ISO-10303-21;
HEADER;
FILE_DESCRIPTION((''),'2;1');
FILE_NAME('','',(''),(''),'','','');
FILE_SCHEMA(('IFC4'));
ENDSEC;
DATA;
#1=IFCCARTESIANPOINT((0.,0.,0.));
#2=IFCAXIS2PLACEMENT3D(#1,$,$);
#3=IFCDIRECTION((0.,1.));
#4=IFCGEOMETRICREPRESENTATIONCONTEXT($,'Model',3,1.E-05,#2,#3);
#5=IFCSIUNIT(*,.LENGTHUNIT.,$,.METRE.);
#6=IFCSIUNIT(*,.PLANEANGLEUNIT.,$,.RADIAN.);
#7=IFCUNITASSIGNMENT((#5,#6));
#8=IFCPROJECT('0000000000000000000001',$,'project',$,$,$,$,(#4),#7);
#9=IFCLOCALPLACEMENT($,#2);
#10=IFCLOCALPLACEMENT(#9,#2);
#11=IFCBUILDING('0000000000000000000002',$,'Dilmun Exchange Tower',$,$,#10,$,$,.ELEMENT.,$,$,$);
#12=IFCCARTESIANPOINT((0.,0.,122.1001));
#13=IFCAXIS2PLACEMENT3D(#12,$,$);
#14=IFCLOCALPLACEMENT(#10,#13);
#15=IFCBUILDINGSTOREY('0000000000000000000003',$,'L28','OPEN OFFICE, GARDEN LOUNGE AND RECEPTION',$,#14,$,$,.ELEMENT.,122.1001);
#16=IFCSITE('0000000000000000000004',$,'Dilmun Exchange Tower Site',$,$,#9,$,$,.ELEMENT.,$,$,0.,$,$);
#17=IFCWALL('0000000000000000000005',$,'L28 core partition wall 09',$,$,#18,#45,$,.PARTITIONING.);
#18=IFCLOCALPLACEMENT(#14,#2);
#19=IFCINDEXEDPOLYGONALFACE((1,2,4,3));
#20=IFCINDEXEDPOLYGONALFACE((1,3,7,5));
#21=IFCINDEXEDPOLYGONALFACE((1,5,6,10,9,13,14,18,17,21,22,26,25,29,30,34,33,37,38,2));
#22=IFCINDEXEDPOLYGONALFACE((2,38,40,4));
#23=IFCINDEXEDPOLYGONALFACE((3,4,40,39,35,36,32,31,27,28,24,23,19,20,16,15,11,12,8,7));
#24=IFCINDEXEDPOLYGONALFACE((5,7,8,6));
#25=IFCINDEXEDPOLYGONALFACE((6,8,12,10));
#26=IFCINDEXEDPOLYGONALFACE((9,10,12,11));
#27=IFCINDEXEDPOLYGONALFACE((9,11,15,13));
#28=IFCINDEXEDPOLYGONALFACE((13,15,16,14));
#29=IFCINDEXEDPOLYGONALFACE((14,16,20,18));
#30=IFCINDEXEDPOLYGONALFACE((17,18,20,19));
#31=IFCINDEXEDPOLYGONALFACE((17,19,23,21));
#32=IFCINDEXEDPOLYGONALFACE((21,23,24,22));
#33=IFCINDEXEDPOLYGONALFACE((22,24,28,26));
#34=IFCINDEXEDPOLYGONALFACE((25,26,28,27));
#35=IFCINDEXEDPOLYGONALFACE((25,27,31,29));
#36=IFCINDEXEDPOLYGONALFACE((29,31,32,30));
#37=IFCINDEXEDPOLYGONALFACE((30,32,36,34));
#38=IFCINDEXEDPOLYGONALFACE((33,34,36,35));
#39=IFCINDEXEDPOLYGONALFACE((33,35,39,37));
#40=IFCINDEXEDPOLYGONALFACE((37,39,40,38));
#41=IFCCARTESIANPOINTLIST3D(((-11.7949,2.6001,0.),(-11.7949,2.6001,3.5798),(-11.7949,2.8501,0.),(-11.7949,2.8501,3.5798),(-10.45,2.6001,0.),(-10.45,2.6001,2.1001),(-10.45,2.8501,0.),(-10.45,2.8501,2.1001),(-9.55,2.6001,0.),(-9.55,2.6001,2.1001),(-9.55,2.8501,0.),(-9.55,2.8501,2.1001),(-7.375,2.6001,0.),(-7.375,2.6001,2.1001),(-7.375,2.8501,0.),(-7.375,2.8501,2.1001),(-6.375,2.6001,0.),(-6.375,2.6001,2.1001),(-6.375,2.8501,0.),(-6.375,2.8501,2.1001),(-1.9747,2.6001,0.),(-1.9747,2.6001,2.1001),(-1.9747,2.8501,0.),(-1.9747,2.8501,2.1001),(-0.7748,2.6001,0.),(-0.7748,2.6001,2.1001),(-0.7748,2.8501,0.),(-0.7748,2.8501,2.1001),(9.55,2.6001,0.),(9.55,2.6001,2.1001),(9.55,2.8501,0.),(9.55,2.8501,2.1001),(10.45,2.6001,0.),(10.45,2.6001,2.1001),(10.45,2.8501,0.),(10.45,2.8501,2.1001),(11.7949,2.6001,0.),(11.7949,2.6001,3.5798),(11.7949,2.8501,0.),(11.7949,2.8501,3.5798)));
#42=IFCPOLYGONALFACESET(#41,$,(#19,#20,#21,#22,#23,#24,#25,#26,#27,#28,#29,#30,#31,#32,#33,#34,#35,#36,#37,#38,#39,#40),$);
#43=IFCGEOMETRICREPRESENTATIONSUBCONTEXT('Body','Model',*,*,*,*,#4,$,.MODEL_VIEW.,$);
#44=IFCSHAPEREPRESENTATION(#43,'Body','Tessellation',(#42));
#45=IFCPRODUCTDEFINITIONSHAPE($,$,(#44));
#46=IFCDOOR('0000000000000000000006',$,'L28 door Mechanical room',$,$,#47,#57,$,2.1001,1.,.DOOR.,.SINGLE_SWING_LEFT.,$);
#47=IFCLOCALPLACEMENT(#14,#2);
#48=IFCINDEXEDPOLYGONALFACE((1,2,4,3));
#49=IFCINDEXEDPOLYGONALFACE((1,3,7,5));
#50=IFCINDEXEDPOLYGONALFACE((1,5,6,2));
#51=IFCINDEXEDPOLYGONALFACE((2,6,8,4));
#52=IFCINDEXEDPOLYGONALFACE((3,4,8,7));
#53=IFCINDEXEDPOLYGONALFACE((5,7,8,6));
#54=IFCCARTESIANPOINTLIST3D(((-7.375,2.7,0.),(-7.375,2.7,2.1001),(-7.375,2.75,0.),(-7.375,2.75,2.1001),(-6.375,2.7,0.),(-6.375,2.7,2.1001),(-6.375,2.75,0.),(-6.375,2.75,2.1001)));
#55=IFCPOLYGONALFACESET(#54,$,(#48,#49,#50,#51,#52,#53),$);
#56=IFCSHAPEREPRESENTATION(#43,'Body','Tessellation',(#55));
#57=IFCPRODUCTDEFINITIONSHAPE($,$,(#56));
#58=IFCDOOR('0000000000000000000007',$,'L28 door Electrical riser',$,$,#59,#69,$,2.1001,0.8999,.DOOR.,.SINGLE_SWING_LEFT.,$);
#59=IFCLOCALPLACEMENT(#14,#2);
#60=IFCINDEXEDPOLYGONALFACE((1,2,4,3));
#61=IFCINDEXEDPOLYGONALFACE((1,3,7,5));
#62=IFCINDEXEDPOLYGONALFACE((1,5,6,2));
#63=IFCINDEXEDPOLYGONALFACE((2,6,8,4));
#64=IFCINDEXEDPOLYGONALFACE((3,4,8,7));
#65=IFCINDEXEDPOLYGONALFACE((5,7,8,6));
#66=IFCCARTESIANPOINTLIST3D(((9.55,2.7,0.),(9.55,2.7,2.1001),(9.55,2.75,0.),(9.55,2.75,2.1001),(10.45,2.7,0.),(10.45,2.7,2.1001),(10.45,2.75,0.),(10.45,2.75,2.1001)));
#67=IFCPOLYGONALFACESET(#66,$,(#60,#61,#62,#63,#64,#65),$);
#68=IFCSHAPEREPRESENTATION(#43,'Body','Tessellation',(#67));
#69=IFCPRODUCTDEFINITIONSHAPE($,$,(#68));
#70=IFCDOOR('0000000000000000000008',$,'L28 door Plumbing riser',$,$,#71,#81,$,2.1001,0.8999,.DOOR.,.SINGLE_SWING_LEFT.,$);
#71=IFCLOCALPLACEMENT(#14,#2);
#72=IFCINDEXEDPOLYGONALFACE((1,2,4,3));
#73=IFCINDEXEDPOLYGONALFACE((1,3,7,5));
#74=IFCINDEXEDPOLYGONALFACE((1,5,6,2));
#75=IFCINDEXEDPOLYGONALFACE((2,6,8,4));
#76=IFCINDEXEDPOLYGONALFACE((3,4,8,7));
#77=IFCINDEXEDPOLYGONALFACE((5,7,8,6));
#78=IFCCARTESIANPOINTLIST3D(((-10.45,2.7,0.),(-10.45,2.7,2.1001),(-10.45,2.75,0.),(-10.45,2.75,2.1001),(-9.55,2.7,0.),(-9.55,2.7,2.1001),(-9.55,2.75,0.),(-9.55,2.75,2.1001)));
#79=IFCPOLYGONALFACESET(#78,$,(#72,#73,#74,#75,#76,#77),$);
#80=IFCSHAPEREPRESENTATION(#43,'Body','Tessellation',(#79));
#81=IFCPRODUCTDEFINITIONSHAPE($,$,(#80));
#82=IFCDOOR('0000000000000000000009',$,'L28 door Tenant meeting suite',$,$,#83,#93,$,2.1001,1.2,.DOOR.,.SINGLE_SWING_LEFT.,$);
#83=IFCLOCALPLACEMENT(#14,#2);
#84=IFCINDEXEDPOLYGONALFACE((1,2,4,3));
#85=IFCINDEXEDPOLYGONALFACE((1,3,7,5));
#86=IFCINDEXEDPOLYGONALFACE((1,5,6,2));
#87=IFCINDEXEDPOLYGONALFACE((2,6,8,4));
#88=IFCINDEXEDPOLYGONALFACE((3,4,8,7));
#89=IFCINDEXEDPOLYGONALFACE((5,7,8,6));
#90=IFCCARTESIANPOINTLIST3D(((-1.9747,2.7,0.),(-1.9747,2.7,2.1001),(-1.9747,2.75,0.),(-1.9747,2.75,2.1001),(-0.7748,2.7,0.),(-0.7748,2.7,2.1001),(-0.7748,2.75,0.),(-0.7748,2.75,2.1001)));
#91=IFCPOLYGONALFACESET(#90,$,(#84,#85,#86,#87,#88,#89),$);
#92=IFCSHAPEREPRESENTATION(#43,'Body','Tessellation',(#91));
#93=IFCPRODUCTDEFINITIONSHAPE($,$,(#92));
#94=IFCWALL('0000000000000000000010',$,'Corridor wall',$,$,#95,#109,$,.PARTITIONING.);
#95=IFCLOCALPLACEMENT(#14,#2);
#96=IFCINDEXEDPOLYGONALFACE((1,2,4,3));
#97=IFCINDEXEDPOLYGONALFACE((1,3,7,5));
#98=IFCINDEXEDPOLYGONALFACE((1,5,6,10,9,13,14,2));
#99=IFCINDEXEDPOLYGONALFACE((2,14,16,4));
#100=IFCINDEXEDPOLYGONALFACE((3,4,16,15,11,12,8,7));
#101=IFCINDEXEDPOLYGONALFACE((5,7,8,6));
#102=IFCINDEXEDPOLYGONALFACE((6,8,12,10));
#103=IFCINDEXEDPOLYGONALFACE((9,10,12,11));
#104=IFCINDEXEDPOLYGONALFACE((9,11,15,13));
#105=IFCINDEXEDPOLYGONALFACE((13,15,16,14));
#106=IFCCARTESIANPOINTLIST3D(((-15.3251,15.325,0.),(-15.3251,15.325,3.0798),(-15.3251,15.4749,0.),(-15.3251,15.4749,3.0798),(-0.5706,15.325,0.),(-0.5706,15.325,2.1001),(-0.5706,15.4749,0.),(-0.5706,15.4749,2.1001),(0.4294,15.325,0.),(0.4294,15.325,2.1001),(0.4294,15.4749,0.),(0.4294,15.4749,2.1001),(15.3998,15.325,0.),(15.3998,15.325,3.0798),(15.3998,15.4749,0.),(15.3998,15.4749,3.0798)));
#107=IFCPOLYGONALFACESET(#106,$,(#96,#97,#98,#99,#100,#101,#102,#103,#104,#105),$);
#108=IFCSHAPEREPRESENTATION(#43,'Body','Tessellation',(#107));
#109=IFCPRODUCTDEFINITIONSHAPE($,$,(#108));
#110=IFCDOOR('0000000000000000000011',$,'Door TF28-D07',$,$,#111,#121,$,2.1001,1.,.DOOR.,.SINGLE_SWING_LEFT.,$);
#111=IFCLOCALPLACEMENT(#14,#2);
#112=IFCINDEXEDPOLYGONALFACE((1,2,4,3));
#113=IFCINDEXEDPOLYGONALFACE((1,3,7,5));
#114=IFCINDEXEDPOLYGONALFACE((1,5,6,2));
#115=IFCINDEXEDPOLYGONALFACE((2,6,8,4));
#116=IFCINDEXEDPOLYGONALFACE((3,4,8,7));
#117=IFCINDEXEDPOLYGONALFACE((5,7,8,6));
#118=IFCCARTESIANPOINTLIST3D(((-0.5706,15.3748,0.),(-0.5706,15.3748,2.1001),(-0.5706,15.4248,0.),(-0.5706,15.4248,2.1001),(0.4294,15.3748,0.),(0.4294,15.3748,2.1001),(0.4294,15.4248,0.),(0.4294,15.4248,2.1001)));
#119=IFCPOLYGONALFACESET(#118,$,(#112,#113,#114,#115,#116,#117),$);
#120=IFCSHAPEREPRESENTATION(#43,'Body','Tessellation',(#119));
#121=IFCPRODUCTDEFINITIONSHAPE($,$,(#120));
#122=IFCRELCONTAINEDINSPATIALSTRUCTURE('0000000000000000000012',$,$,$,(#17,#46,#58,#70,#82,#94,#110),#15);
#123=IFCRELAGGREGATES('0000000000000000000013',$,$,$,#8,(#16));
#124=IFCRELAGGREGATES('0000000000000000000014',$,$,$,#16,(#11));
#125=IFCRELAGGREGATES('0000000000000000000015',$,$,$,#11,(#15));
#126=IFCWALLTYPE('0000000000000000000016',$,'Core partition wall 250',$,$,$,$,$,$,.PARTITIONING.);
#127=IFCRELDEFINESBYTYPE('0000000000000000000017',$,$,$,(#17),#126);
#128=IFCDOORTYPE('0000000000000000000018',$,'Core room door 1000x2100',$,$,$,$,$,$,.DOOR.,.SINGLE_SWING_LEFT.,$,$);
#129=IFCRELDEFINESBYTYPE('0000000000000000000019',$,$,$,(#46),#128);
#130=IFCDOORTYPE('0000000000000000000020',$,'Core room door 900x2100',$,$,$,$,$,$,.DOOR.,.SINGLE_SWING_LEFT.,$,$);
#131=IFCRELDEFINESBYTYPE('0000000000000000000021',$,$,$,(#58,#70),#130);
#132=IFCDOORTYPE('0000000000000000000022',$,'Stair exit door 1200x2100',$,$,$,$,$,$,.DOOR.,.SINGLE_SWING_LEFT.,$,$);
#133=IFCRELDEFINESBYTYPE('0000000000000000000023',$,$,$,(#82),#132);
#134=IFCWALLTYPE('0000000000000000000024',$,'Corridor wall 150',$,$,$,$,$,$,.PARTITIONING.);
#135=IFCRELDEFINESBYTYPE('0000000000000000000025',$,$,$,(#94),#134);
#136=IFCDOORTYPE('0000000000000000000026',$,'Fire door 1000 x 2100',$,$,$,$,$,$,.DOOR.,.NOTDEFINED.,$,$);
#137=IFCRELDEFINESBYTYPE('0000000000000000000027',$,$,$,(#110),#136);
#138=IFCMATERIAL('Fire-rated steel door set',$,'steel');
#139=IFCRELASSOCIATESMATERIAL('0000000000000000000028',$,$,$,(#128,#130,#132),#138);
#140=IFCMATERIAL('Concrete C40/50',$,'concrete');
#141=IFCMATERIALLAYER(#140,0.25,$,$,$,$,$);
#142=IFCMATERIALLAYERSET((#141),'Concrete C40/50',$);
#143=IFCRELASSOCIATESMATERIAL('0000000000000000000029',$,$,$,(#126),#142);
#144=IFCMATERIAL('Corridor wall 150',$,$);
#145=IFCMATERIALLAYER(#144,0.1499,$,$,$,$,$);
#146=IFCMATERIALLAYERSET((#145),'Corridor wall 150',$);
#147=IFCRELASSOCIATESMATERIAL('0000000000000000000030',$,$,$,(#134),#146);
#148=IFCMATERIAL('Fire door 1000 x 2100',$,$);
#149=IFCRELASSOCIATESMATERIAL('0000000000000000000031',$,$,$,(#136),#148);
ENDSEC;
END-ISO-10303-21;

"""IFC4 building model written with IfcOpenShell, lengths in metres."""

from ifc_helpers import new_model, si_unit, direction, frame, frame_2d, origin, place, context, subcontext, project, spatial, rectangle, extrude, material, layer, layer_set, type_object, element, fill, save


model = new_model("IFC4")

# Units and contexts
model_context = context("Model", 3, precision=1e-05, world=origin(), true_north=direction((0.0, 1.0)))
body_context = subcontext(model_context, "Body", "Model", "MODEL_VIEW")
ifc_project = project(units=[si_unit("LENGTHUNIT", "METRE"), si_unit("PLANEANGLEUNIT", "RADIAN")], contexts=[model_context])

# Site, building, storey
site_placement = place(None, origin())
site = spatial("IfcSite", under=ifc_project, at=site_placement, Name="Dilmun Exchange Tower Site", CompositionType="ELEMENT", RefElevation=0.0)
building_placement = place(site_placement, origin())
building = spatial("IfcBuilding", under=site, at=building_placement, Name="Dilmun Exchange Tower", CompositionType="ELEMENT")
storey_placement = place(building_placement, frame((0.0, 0.0, 122.1001)))
storey = spatial("IfcBuildingStorey", under=building, at=storey_placement, Name="L28", Description="OPEN OFFICE, GARDEN LOUNGE AND RECEPTION", CompositionType="ELEMENT", Elevation=122.1001)

# Shared definitions
ifc_material_1 = material(Name="Concrete C40/50", Category="concrete")

# Shared definitions
ifc_material_2 = material(Name="Fire-rated steel door set", Category="steel")
door_type_1 = type_object("IfcDoorType", Name="Core room door 1000x2100", OperationType="SINGLE_SWING_LEFT", PredefinedType="DOOR", material=ifc_material_2)

# Wall, openings, doors
ifc_layer_1 = layer(ifc_material_1, 0.25)
ifc_layer_set_1 = layer_set([ifc_layer_1], Name="Concrete C40/50")
wall_type_1 = type_object("IfcWallType", Name="Core partition wall 250", PredefinedType="PARTITIONING", material=ifc_layer_set_1)
wall_1_placement = place(storey_placement, frame((-11.7949, 2.7251, 0.0), z_axis=(0.0, 0.0, 1.0), x_axis=(1.0, 0.0, 0.0)))
wall_1 = element("IfcWall", 1, at=wall_1_placement, inside=storey, type_object=wall_type_1, Name="L28 core partition wall 09", PredefinedType="PARTITIONING", context=body_context, shape_type="SweptSolid", body=[
    extrude(rectangle(XDim=23.5898, YDim=0.25, at=frame_2d((11.7949, 0.0))), origin(), (0.0, 0.0, 1.0), 3.5798),
])
opening_1_placement = place(wall_1_placement, frame((21.345, 0.0, 0.0)))
opening_1 = element("IfcOpeningElement", 2, at=opening_1_placement, cuts=wall_1, PredefinedType="OPENING", context=body_context, shape_type="SweptSolid", body=[
    extrude(rectangle(XDim=0.8999, YDim=2.1001, at=frame_2d((0.45, 1.05))), frame((0.0, 0.135, 0.0), z_axis=(0.0, -1.0, 0.0), x_axis=(1.0, 0.0, 0.0)), (0.0, 0.0, 1.0), 0.27),
])
opening_2_placement = place(wall_1_placement, frame((1.345, 0.0, 0.0)))
opening_2 = element("IfcOpeningElement", 3, at=opening_2_placement, cuts=wall_1, PredefinedType="OPENING", context=body_context, shape_type="SweptSolid", body=[
    extrude(rectangle(XDim=0.8999, YDim=2.1001, at=frame_2d((0.45, 1.05))), frame((0.0, 0.135, 0.0), z_axis=(0.0, -1.0, 0.0), x_axis=(1.0, 0.0, 0.0)), (0.0, 0.0, 1.0), 0.27),
])
opening_3_placement = place(wall_1_placement, frame((4.4199, 0.0, 0.0)))
opening_3 = element("IfcOpeningElement", 4, at=opening_3_placement, cuts=wall_1, PredefinedType="OPENING", context=body_context, shape_type="SweptSolid", body=[
    extrude(rectangle(XDim=1.0, YDim=2.1001, at=frame_2d((0.5, 1.05))), frame((0.0, 0.135, 0.0), z_axis=(0.0, -1.0, 0.0), x_axis=(1.0, 0.0, 0.0)), (0.0, 0.0, 1.0), 0.27),
])
opening_4_placement = place(wall_1_placement, frame((9.8201, 0.0, 0.0)))
opening_4 = element("IfcOpeningElement", 5, at=opening_4_placement, cuts=wall_1, PredefinedType="OPENING", context=body_context, shape_type="SweptSolid", body=[
    extrude(rectangle(XDim=1.2, YDim=2.1001, at=frame_2d((0.6001, 1.05))), frame((0.0, 0.135, 0.0), z_axis=(0.0, -1.0, 0.0), x_axis=(1.0, 0.0, 0.0)), (0.0, 0.0, 1.0), 0.27),
])
door_1_placement = place(opening_3_placement, origin())
door_1 = element("IfcDoor", 6, at=door_1_placement, inside=storey, type_object=door_type_1, Name="L28 door Mechanical room", OperationType="SINGLE_SWING_LEFT", OverallHeight=2.1001, OverallWidth=1.0, PredefinedType="DOOR", context=body_context, shape_type="SweptSolid", body=[
    extrude(rectangle(XDim=1.0, YDim=2.1001, at=frame_2d((0.5, 1.05))), frame((0.0, 0.0249, 0.0), z_axis=(0.0, -1.0, 0.0), x_axis=(1.0, 0.0, 0.0)), (0.0, 0.0, 1.0), 0.05),
])
fill(opening_3, door_1)
door_type_2 = type_object("IfcDoorType", Name="Core room door 900x2100", OperationType="SINGLE_SWING_LEFT", PredefinedType="DOOR", material=ifc_material_2)
door_2_placement = place(opening_1_placement, origin())
door_2 = element("IfcDoor", 7, at=door_2_placement, inside=storey, type_object=door_type_2, Name="L28 door Electrical riser", OperationType="SINGLE_SWING_LEFT", OverallHeight=2.1001, OverallWidth=0.8999, PredefinedType="DOOR", context=body_context, shape_type="SweptSolid", body=[
    extrude(rectangle(XDim=0.8999, YDim=2.1001, at=frame_2d((0.45, 1.05))), frame((0.0, 0.0249, 0.0), z_axis=(0.0, -1.0, 0.0), x_axis=(1.0, 0.0, 0.0)), (0.0, 0.0, 1.0), 0.05),
])
fill(opening_1, door_2)
door_3_placement = place(opening_2_placement, origin())
door_3 = element("IfcDoor", 8, at=door_3_placement, inside=storey, type_object=door_type_2, Name="L28 door Plumbing riser", OperationType="SINGLE_SWING_LEFT", OverallHeight=2.1001, OverallWidth=0.8999, PredefinedType="DOOR", context=body_context, shape_type="SweptSolid", body=[
    extrude(rectangle(XDim=0.8999, YDim=2.1001, at=frame_2d((0.45, 1.05))), frame((0.0, 0.0249, 0.0), z_axis=(0.0, -1.0, 0.0), x_axis=(1.0, 0.0, 0.0)), (0.0, 0.0, 1.0), 0.05),
])
fill(opening_2, door_3)
door_type_3 = type_object("IfcDoorType", Name="Stair exit door 1200x2100", OperationType="SINGLE_SWING_LEFT", PredefinedType="DOOR", material=ifc_material_2)
door_4_placement = place(opening_4_placement, origin())
door_4 = element("IfcDoor", 9, at=door_4_placement, inside=storey, type_object=door_type_3, Name="L28 door Tenant meeting suite", OperationType="SINGLE_SWING_LEFT", OverallHeight=2.1001, OverallWidth=1.2, PredefinedType="DOOR", context=body_context, shape_type="SweptSolid", body=[
    extrude(rectangle(XDim=1.2, YDim=2.1001, at=frame_2d((0.6001, 1.05))), frame((0.0, 0.0249, 0.0), z_axis=(0.0, -1.0, 0.0), x_axis=(1.0, 0.0, 0.0)), (0.0, 0.0, 1.0), 0.05),
])
fill(opening_4, door_4)

# Wall, opening, door
ifc_material_3 = material(Name="Corridor wall 150")
ifc_layer_2 = layer(ifc_material_3, 0.1499)
ifc_layer_set_2 = layer_set([ifc_layer_2], Name="Corridor wall 150")
wall_type_2 = type_object("IfcWallType", Name="Corridor wall 150", PredefinedType="PARTITIONING", material=ifc_layer_set_2)
wall_2_placement = place(storey_placement, frame((-15.325, 15.3999, 0.0), z_axis=(0.0, 0.0, 1.0), x_axis=(1.0, 0.0, 0.0)))
wall_2 = element("IfcWall", 10, at=wall_2_placement, inside=storey, type_object=wall_type_2, Name="Corridor wall", PredefinedType="PARTITIONING", context=body_context, shape_type="SweptSolid", body=[
    extrude(rectangle(XDim=30.7249, YDim=0.1499, at=frame_2d((15.3623, 0.0))), origin(), (0.0, 0.0, 1.0), 3.0798),
])
opening_5_placement = place(wall_2_placement, frame((14.7544, 0.0, 0.0)))
opening_5 = element("IfcOpeningElement", 11, at=opening_5_placement, cuts=wall_2, PredefinedType="OPENING", context=body_context, shape_type="SweptSolid", body=[
    extrude(rectangle(XDim=1.0, YDim=2.1001, at=frame_2d((0.5, 1.05))), frame((0.0, 0.085, 0.0), z_axis=(0.0, -1.0, 0.0), x_axis=(1.0, 0.0, 0.0)), (0.0, 0.0, 1.0), 0.1699),
])
ifc_material_4 = material(Name="Fire door 1000 x 2100")
door_type_4 = type_object("IfcDoorType", Name="Fire door 1000 x 2100", OperationType="NOTDEFINED", PredefinedType="DOOR", material=ifc_material_4)
door_5_placement = place(opening_5_placement, origin())
door_5 = element("IfcDoor", 12, at=door_5_placement, inside=storey, type_object=door_type_4, Name="Door TF28-D07", OperationType="SINGLE_SWING_LEFT", OverallHeight=2.1001, OverallWidth=1.0, PredefinedType="DOOR", context=body_context, shape_type="SweptSolid", body=[
    extrude(rectangle(XDim=1.0, YDim=2.1001, at=frame_2d((0.5, 1.05))), frame((0.0, 0.0249, 0.0), z_axis=(0.0, -1.0, 0.0), x_axis=(1.0, 0.0, 0.0)), (0.0, 0.0, 1.0), 0.05),
])
fill(opening_5, door_5)

save(model, "model.ifc")
